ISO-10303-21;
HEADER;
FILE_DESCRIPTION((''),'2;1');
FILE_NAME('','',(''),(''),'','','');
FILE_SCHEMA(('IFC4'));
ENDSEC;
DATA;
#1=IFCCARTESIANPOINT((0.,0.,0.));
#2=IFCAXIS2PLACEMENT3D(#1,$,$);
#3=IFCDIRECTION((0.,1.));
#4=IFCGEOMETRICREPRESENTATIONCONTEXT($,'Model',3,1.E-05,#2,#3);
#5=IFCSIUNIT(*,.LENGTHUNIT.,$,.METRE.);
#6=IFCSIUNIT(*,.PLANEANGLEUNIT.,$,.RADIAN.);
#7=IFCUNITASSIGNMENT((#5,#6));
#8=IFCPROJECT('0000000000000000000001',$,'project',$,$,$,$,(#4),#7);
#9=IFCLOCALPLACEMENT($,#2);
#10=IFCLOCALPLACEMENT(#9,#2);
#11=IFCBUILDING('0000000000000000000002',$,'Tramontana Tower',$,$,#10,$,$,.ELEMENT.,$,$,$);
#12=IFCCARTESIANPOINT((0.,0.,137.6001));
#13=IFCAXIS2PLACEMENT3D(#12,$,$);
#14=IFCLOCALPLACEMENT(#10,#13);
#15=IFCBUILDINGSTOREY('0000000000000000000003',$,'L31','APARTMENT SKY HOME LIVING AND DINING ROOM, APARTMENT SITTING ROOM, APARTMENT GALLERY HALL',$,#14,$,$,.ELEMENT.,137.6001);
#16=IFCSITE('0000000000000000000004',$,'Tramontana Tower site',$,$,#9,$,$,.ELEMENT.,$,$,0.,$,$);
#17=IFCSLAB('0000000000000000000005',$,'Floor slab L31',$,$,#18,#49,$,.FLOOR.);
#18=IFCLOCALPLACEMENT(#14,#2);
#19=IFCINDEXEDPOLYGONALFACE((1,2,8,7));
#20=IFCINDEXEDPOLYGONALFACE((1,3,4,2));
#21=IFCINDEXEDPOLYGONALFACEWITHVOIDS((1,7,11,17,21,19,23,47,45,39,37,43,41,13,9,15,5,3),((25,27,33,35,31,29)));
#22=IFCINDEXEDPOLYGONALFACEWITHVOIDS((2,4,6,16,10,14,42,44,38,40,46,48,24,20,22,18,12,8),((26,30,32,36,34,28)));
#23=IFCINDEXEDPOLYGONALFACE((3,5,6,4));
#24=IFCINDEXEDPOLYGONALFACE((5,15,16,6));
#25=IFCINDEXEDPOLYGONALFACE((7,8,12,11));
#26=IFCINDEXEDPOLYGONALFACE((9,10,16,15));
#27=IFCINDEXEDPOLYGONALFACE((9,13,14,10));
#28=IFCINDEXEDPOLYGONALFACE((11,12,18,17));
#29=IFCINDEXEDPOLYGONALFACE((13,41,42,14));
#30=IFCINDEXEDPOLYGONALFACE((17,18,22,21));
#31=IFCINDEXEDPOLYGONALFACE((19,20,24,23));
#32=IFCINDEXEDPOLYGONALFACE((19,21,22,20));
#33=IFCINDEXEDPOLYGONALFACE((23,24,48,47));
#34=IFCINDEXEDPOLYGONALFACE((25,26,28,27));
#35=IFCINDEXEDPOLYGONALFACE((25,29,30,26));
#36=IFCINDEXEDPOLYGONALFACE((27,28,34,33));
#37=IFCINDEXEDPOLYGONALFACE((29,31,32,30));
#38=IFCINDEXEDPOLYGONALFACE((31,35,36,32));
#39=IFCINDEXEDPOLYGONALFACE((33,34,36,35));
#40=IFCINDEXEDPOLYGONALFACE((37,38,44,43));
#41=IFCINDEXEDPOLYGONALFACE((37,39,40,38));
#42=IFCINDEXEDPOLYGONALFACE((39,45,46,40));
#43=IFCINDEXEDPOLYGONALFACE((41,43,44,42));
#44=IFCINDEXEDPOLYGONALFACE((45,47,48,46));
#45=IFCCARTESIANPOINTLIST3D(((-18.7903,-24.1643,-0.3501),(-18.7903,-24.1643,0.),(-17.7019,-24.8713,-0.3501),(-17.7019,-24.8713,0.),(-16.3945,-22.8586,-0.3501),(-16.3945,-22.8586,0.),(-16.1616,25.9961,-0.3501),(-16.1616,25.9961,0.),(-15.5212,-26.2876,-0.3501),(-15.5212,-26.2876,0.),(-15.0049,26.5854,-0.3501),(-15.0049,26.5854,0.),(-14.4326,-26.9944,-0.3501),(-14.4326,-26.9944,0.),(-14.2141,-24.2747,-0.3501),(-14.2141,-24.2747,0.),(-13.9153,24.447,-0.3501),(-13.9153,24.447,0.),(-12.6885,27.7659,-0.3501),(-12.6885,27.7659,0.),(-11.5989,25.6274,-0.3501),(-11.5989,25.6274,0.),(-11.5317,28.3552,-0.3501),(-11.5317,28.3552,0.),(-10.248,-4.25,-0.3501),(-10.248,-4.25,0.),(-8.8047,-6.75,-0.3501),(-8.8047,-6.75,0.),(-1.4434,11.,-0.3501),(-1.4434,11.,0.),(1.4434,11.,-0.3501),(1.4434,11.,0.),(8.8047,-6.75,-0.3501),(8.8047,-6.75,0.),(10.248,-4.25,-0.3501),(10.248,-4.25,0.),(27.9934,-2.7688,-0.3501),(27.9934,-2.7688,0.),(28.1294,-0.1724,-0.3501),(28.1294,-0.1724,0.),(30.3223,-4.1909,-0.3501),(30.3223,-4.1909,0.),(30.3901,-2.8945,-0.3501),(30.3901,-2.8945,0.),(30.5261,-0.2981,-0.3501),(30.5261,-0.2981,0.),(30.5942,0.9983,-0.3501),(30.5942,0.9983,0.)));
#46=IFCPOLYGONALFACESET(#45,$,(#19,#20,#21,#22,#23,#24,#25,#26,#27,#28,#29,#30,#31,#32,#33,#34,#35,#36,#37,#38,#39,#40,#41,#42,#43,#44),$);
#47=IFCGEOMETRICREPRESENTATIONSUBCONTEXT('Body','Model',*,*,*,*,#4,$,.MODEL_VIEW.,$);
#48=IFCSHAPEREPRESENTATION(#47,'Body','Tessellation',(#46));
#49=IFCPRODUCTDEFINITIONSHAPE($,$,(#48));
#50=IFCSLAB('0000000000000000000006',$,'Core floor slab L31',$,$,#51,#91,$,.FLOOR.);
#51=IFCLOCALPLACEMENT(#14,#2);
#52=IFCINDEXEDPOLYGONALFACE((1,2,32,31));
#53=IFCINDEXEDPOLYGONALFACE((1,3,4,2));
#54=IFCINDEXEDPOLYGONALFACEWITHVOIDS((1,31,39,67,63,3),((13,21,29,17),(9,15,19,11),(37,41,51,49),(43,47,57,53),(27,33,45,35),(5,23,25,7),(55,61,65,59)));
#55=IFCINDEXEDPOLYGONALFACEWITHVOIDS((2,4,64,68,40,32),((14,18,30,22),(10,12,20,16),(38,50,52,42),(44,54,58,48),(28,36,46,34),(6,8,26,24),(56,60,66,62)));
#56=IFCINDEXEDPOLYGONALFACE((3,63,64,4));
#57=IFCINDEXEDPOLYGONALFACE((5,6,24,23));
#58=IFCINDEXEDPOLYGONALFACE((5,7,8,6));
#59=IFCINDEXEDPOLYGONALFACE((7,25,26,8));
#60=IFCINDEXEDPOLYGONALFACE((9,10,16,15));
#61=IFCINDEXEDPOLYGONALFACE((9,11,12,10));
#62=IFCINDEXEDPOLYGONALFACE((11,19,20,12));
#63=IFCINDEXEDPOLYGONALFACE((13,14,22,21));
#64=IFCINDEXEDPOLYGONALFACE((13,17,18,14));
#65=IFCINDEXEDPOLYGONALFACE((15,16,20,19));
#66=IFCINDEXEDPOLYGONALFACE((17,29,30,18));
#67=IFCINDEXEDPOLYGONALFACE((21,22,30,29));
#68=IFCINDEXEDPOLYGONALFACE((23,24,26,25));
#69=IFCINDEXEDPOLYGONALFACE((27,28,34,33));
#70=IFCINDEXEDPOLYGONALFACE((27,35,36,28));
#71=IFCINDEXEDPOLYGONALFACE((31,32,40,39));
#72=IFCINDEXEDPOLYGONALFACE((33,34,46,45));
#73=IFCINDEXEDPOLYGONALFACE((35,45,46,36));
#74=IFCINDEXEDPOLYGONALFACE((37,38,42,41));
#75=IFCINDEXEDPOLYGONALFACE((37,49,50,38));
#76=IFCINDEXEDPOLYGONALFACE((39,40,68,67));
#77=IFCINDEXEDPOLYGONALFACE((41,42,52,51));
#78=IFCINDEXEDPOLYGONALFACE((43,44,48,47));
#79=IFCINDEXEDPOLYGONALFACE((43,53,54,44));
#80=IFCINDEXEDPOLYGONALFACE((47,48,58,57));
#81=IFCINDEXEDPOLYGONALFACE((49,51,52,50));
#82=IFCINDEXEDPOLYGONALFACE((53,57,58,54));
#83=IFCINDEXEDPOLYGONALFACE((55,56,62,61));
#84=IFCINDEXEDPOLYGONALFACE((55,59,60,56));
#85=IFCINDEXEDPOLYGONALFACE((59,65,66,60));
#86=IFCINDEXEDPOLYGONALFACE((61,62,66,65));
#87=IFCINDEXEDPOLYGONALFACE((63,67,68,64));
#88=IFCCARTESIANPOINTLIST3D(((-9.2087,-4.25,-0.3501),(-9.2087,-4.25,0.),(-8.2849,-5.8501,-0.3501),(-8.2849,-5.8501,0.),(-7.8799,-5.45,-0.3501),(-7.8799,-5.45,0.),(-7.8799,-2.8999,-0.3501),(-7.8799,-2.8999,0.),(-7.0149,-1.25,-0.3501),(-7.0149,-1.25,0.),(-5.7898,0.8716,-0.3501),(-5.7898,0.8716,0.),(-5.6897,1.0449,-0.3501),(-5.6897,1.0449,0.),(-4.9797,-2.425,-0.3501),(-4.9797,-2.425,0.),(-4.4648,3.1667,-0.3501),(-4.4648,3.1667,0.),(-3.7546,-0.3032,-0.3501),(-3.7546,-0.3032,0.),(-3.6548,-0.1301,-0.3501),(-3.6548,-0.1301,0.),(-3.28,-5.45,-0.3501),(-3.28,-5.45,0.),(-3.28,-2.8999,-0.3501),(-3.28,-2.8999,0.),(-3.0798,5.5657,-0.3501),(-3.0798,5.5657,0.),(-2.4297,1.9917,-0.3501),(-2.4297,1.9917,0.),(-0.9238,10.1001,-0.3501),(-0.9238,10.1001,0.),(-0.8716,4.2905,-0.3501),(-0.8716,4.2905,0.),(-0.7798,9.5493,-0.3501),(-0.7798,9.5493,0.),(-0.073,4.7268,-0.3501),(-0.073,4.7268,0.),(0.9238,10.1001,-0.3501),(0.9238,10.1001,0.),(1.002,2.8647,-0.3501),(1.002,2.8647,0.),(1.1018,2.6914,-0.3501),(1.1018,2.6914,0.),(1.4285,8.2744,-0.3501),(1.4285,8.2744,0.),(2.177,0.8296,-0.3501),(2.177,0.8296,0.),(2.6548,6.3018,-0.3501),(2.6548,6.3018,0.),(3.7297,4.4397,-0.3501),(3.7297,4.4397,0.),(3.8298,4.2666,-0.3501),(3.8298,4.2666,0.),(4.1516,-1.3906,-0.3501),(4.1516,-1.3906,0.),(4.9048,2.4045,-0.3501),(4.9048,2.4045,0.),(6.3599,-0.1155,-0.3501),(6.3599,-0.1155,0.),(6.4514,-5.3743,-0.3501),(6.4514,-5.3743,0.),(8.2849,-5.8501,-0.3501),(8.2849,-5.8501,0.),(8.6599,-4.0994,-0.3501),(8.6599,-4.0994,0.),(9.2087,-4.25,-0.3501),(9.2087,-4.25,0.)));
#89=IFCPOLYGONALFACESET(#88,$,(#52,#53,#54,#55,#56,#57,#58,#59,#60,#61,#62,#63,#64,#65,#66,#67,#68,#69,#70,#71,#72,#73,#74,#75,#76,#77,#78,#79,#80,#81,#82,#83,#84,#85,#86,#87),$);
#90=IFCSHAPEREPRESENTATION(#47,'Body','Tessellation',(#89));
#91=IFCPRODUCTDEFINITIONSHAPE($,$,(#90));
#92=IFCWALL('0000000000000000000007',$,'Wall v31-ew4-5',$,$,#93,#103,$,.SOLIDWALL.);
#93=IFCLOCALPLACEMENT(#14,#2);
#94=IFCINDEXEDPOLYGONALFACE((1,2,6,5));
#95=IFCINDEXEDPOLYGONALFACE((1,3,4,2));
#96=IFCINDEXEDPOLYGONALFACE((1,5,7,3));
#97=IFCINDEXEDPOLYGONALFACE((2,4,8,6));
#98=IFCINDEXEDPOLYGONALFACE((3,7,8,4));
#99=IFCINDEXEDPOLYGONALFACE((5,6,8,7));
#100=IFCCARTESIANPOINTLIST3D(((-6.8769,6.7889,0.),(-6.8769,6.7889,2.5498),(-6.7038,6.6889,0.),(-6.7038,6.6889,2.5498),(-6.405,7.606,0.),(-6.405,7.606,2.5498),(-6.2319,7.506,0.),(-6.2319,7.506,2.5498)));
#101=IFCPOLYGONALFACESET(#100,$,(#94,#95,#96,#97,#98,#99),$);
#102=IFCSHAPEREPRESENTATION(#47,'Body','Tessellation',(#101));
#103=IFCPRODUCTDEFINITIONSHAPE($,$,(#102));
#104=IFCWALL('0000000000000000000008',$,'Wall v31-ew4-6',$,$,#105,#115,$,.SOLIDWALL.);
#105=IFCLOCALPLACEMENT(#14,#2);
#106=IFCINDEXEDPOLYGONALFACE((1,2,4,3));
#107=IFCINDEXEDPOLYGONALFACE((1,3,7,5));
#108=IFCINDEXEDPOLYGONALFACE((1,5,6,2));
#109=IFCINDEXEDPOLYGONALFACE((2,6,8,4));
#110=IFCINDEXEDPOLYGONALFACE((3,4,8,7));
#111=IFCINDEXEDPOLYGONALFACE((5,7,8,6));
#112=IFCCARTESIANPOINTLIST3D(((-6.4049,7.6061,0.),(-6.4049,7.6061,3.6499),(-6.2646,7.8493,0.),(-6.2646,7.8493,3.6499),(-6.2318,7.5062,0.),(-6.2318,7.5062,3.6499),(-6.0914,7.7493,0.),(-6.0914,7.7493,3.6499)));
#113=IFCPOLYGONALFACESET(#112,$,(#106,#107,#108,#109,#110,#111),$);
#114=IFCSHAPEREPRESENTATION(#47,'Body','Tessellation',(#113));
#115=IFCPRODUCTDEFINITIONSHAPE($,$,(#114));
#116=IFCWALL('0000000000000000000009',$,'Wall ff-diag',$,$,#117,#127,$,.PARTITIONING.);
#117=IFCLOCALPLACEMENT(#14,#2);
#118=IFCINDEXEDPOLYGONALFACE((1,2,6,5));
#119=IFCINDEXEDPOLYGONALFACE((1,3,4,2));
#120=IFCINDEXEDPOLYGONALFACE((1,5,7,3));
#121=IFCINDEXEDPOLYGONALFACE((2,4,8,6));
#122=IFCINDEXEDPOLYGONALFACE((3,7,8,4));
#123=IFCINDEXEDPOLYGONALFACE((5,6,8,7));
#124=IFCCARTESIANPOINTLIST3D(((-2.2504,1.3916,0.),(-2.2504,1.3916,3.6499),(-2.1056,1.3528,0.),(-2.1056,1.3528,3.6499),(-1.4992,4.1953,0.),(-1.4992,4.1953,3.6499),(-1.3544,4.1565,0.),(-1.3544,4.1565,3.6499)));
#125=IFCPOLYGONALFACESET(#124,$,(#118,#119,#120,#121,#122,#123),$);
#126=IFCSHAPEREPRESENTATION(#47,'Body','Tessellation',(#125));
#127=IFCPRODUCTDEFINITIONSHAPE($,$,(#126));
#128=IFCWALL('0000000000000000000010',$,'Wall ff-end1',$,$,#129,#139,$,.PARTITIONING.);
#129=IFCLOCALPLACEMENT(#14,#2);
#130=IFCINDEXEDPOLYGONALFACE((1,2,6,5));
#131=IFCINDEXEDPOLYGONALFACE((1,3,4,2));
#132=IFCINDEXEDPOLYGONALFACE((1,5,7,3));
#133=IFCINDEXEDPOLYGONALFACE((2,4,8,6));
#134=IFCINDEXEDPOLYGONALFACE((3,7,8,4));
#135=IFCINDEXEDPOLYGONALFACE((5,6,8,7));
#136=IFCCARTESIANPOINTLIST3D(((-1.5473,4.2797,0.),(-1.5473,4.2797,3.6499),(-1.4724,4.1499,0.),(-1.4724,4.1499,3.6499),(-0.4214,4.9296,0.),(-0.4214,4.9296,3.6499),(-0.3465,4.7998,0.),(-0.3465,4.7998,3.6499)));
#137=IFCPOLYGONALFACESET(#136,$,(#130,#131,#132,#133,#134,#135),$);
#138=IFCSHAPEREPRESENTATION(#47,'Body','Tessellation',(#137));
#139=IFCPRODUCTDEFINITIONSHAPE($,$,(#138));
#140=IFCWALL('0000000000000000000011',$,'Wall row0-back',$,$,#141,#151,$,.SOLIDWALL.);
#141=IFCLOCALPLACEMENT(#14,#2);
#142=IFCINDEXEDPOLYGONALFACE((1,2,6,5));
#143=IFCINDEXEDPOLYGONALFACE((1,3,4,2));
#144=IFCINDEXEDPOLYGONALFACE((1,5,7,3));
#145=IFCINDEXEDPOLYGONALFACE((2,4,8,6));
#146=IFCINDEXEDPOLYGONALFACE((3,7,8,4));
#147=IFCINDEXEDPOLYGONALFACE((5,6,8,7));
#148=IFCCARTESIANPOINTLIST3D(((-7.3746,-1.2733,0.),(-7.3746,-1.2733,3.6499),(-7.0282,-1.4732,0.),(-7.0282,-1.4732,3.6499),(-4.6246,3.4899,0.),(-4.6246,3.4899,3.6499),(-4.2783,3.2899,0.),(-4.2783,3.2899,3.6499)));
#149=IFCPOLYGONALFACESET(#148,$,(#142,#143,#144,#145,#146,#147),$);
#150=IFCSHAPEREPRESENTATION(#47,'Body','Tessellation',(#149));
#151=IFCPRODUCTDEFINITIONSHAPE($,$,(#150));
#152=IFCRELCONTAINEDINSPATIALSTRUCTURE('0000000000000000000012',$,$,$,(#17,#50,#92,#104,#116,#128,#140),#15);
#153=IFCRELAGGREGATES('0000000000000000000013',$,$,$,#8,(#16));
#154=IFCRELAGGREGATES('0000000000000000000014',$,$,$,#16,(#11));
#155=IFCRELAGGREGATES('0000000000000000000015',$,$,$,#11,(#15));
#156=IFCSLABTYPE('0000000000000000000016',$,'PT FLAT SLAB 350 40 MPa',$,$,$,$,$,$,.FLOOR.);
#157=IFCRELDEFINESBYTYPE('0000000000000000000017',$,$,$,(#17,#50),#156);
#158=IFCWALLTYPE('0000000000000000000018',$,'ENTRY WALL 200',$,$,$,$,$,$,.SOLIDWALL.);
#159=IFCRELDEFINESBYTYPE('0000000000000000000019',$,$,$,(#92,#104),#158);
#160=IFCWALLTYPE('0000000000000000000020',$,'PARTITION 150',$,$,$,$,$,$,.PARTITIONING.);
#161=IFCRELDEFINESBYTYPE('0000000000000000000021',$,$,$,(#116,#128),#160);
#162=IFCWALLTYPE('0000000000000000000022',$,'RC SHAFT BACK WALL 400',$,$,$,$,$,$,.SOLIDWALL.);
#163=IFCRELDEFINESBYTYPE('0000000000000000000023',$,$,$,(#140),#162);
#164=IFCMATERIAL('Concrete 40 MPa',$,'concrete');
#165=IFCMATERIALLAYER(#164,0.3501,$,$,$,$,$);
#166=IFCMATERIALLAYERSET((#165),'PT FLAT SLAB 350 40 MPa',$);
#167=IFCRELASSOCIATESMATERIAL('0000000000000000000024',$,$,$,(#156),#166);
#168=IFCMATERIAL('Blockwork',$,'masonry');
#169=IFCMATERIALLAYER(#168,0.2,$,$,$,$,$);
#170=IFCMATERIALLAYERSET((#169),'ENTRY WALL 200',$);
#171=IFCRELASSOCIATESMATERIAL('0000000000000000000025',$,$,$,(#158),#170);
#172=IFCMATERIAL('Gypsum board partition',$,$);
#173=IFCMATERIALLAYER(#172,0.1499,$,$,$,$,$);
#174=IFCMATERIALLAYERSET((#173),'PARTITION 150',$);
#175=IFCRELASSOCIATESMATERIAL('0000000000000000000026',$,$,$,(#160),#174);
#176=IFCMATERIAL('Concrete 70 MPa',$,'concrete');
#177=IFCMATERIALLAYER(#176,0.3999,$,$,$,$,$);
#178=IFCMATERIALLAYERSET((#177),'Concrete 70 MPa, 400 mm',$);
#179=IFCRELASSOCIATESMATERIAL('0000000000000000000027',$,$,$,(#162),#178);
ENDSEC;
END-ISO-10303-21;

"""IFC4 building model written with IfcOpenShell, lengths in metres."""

from ifc_helpers import new_model, si_unit, direction, frame, frame_2d, origin, place, context, subcontext, project, spatial, polyline, rectangle, outline, extrude, material, layer, layer_set, type_object, element, save


model = new_model("IFC4")

# Units and contexts
model_context = context("Model", 3, precision=1e-05, world=origin(), true_north=direction((0.0, 1.0)))
body_context = subcontext(model_context, "Body", "Model", "MODEL_VIEW")
ifc_project = project(units=[si_unit("LENGTHUNIT", "METRE"), si_unit("PLANEANGLEUNIT", "RADIAN")], contexts=[model_context])

# Site, building, storey
site_placement = place(None, origin())
site = spatial("IfcSite", under=ifc_project, at=site_placement, Name="Tramontana Tower site", CompositionType="ELEMENT", RefElevation=0.0)
building_placement = place(site_placement, origin())
building = spatial("IfcBuilding", under=site, at=building_placement, Name="Tramontana Tower", CompositionType="ELEMENT")
storey_placement = place(building_placement, frame((0.0, 0.0, 137.6001)))
storey = spatial("IfcBuildingStorey", under=building, at=storey_placement, Name="L31", Description="APARTMENT SKY HOME LIVING AND DINING ROOM, APARTMENT SITTING ROOM, APARTMENT GALLERY HALL", CompositionType="ELEMENT", Elevation=137.6001)

# Slabs
ifc_material_1 = material(Name="Concrete 40 MPa", Category="concrete")
ifc_layer_1 = layer(ifc_material_1, 0.3501)
ifc_layer_set_1 = layer_set([ifc_layer_1], Name="PT FLAT SLAB 350 40 MPa")
slab_type = type_object("IfcSlabType", Name="PT FLAT SLAB 350 40 MPa", PredefinedType="FLOOR", material=ifc_layer_set_1)
slab_1_placement = place(storey_placement, frame((0.0, 0.0, -0.3501)))
element("IfcSlab", 1, at=slab_1_placement, inside=storey, type_object=slab_type, Name="Floor slab L31", PredefinedType="FLOOR", context=body_context, shape_type="SweptSolid", body=[
    extrude(outline(polyline([(30.5261, -0.2981), (28.1294, -0.1724), (27.9934, -2.7688), (30.3901, -2.8945), (30.3223, -4.1909), (-14.4326, -26.9944), (-15.5212, -26.2876), (-14.2141, -24.2747), (-16.3945, -22.8586), (-17.7019, -24.8713), (-18.7903, -24.1643), (-16.1616, 25.9961), (-15.0049, 26.5854), (-13.9153, 24.447), (-11.5989, 25.6274), (-12.6885, 27.7659), (-11.5317, 28.3552), (30.5942, 0.9983), (30.5261, -0.2981)]), holes=[polyline([(-10.248, -4.25), (-8.8047, -6.75), (8.8047, -6.75), (10.248, -4.25), (1.4434, 11.0), (-1.4434, 11.0), (-10.248, -4.25)])]), origin(), (0.0, 0.0, 1.0), 0.3501),
])
slab_2_placement = place(storey_placement, frame((0.0, 0.0, -0.3501)))
element("IfcSlab", 2, at=slab_2_placement, inside=storey, type_object=slab_type, Name="Core floor slab L31", PredefinedType="FLOOR", context=body_context, shape_type="SweptSolid", body=[
    extrude(outline(polyline([(9.2087, -4.25), (8.2849, -5.8501), (-8.2849, -5.8501), (-9.2087, -4.25), (-0.9238, 10.1001), (0.9238, 10.1001), (9.2087, -4.25)]), holes=[polyline([(8.6599, -4.0994), (6.3599, -0.1155), (4.1516, -1.3906), (6.4514, -5.3743), (8.6599, -4.0994)]), polyline([(3.8298, 4.2666), (1.1018, 2.6914), (2.177, 0.8296), (4.9048, 2.4045), (3.8298, 4.2666)]), polyline([(2.6548, 6.3018), (-0.073, 4.7268), (1.002, 2.8647), (3.7297, 4.4397), (2.6548, 6.3018)]), polyline([(-0.7798, 9.5493), (-3.0798, 5.5657), (-0.8716, 4.2905), (1.4285, 8.2744), (-0.7798, 9.5493)]), polyline([(-5.6897, 1.0449), (-3.6548, -0.1301), (-2.4297, 1.9917), (-4.4648, 3.1667), (-5.6897, 1.0449)]), polyline([(-3.28, -5.45), (-3.28, -2.8999), (-7.8799, -2.8999), (-7.8799, -5.45), (-3.28, -5.45)]), polyline([(-7.0149, -1.25), (-4.9797, -2.425), (-3.7546, -0.3032), (-5.7898, 0.8716), (-7.0149, -1.25)])]), origin(), (0.0, 0.0, 1.0), 0.3501),
])

# Walls
ifc_material_2 = material(Name="Blockwork", Category="masonry")
ifc_layer_2 = layer(ifc_material_2, 0.2)
ifc_layer_set_2 = layer_set([ifc_layer_2], Name="ENTRY WALL 200")
wall_type_1 = type_object("IfcWallType", Name="ENTRY WALL 200", PredefinedType="SOLIDWALL", material=ifc_layer_set_2)
wall_1_placement = place(storey_placement, frame((-6.7903, 6.739, 0.0), z_axis=(0.0, 0.0, 1.0), x_axis=(0.500118, 0.865957, 0.0)))
element("IfcWall", 3, at=wall_1_placement, inside=storey, type_object=wall_type_1, Name="Wall v31-ew4-5", PredefinedType="SOLIDWALL", context=body_context, shape_type="SweptSolid", body=[
    extrude(rectangle(XDim=0.9436, YDim=0.2, at=frame_2d((0.4717, 0.0))), origin(), (0.0, 0.0, 1.0), 2.5498),
])
wall_2_placement = place(storey_placement, frame((-6.3184, 7.5562, 0.0), z_axis=(0.0, 0.0, 1.0), x_axis=(0.499973, 0.866041, 0.0)))
element("IfcWall", 4, at=wall_2_placement, inside=storey, type_object=wall_type_1, Name="Wall v31-ew4-6", PredefinedType="SOLIDWALL", context=body_context, shape_type="SweptSolid", body=[
    extrude(rectangle(XDim=0.2808, YDim=0.2, at=frame_2d((0.1404, 0.0))), origin(), (0.0, 0.0, 1.0), 3.6499),
])

# Walls
ifc_material_3 = material(Name="Gypsum board partition")
ifc_layer_3 = layer(ifc_material_3, 0.1499)
ifc_layer_set_3 = layer_set([ifc_layer_3], Name="PARTITION 150")
wall_type_2 = type_object("IfcWallType", Name="PARTITION 150", PredefinedType="PARTITIONING", material=ifc_layer_set_3)
wall_3_placement = place(storey_placement, frame((-2.178, 1.3723, 0.0), z_axis=(0.0, 0.0, 1.0), x_axis=(0.258809, 0.965929, 0.0)))
element("IfcWall", 5, at=wall_3_placement, inside=storey, type_object=wall_type_2, Name="Wall ff-diag", PredefinedType="PARTITIONING", context=body_context, shape_type="SweptSolid", body=[
    extrude(rectangle(XDim=2.9026, YDim=0.1499, at=frame_2d((1.4512, 0.0))), origin(), (0.0, 0.0, 1.0), 3.6499),
])
wall_4_placement = place(storey_placement, frame((-1.5098, 4.2148, 0.0), z_axis=(0.0, 0.0, 1.0), x_axis=(0.866086, 0.499896, 0.0)))
element("IfcWall", 6, at=wall_4_placement, inside=storey, type_object=wall_type_2, Name="Wall ff-end1", PredefinedType="PARTITIONING", context=body_context, shape_type="SweptSolid", body=[
    extrude(rectangle(XDim=1.3, YDim=0.1499, at=frame_2d((0.6499, 0.0))), origin(), (0.0, 0.0, 1.0), 3.6499),
])
ifc_material_4 = material(Name="Concrete 70 MPa", Category="concrete")
ifc_layer_4 = layer(ifc_material_4, 0.3999)
ifc_layer_set_4 = layer_set([ifc_layer_4], Name="Concrete 70 MPa, 400 mm")
wall_type_3 = type_object("IfcWallType", Name="RC SHAFT BACK WALL 400", PredefinedType="SOLIDWALL", material=ifc_layer_set_4)
wall_5_placement = place(storey_placement, frame((-4.4514, 3.3899, 0.0), z_axis=(0.0, 0.0, 1.0), x_axis=(-0.499997, -0.866027, 0.0)))
element("IfcWall", 7, at=wall_5_placement, inside=storey, type_object=wall_type_3, Name="Wall row0-back", PredefinedType="SOLIDWALL", context=body_context, shape_type="SweptSolid", body=[
    extrude(rectangle(XDim=5.5, YDim=0.3999, at=frame_2d((2.75, 0.0))), origin(), (0.0, 0.0, 1.0), 3.6499),
])

save(model, "model.ifc")
